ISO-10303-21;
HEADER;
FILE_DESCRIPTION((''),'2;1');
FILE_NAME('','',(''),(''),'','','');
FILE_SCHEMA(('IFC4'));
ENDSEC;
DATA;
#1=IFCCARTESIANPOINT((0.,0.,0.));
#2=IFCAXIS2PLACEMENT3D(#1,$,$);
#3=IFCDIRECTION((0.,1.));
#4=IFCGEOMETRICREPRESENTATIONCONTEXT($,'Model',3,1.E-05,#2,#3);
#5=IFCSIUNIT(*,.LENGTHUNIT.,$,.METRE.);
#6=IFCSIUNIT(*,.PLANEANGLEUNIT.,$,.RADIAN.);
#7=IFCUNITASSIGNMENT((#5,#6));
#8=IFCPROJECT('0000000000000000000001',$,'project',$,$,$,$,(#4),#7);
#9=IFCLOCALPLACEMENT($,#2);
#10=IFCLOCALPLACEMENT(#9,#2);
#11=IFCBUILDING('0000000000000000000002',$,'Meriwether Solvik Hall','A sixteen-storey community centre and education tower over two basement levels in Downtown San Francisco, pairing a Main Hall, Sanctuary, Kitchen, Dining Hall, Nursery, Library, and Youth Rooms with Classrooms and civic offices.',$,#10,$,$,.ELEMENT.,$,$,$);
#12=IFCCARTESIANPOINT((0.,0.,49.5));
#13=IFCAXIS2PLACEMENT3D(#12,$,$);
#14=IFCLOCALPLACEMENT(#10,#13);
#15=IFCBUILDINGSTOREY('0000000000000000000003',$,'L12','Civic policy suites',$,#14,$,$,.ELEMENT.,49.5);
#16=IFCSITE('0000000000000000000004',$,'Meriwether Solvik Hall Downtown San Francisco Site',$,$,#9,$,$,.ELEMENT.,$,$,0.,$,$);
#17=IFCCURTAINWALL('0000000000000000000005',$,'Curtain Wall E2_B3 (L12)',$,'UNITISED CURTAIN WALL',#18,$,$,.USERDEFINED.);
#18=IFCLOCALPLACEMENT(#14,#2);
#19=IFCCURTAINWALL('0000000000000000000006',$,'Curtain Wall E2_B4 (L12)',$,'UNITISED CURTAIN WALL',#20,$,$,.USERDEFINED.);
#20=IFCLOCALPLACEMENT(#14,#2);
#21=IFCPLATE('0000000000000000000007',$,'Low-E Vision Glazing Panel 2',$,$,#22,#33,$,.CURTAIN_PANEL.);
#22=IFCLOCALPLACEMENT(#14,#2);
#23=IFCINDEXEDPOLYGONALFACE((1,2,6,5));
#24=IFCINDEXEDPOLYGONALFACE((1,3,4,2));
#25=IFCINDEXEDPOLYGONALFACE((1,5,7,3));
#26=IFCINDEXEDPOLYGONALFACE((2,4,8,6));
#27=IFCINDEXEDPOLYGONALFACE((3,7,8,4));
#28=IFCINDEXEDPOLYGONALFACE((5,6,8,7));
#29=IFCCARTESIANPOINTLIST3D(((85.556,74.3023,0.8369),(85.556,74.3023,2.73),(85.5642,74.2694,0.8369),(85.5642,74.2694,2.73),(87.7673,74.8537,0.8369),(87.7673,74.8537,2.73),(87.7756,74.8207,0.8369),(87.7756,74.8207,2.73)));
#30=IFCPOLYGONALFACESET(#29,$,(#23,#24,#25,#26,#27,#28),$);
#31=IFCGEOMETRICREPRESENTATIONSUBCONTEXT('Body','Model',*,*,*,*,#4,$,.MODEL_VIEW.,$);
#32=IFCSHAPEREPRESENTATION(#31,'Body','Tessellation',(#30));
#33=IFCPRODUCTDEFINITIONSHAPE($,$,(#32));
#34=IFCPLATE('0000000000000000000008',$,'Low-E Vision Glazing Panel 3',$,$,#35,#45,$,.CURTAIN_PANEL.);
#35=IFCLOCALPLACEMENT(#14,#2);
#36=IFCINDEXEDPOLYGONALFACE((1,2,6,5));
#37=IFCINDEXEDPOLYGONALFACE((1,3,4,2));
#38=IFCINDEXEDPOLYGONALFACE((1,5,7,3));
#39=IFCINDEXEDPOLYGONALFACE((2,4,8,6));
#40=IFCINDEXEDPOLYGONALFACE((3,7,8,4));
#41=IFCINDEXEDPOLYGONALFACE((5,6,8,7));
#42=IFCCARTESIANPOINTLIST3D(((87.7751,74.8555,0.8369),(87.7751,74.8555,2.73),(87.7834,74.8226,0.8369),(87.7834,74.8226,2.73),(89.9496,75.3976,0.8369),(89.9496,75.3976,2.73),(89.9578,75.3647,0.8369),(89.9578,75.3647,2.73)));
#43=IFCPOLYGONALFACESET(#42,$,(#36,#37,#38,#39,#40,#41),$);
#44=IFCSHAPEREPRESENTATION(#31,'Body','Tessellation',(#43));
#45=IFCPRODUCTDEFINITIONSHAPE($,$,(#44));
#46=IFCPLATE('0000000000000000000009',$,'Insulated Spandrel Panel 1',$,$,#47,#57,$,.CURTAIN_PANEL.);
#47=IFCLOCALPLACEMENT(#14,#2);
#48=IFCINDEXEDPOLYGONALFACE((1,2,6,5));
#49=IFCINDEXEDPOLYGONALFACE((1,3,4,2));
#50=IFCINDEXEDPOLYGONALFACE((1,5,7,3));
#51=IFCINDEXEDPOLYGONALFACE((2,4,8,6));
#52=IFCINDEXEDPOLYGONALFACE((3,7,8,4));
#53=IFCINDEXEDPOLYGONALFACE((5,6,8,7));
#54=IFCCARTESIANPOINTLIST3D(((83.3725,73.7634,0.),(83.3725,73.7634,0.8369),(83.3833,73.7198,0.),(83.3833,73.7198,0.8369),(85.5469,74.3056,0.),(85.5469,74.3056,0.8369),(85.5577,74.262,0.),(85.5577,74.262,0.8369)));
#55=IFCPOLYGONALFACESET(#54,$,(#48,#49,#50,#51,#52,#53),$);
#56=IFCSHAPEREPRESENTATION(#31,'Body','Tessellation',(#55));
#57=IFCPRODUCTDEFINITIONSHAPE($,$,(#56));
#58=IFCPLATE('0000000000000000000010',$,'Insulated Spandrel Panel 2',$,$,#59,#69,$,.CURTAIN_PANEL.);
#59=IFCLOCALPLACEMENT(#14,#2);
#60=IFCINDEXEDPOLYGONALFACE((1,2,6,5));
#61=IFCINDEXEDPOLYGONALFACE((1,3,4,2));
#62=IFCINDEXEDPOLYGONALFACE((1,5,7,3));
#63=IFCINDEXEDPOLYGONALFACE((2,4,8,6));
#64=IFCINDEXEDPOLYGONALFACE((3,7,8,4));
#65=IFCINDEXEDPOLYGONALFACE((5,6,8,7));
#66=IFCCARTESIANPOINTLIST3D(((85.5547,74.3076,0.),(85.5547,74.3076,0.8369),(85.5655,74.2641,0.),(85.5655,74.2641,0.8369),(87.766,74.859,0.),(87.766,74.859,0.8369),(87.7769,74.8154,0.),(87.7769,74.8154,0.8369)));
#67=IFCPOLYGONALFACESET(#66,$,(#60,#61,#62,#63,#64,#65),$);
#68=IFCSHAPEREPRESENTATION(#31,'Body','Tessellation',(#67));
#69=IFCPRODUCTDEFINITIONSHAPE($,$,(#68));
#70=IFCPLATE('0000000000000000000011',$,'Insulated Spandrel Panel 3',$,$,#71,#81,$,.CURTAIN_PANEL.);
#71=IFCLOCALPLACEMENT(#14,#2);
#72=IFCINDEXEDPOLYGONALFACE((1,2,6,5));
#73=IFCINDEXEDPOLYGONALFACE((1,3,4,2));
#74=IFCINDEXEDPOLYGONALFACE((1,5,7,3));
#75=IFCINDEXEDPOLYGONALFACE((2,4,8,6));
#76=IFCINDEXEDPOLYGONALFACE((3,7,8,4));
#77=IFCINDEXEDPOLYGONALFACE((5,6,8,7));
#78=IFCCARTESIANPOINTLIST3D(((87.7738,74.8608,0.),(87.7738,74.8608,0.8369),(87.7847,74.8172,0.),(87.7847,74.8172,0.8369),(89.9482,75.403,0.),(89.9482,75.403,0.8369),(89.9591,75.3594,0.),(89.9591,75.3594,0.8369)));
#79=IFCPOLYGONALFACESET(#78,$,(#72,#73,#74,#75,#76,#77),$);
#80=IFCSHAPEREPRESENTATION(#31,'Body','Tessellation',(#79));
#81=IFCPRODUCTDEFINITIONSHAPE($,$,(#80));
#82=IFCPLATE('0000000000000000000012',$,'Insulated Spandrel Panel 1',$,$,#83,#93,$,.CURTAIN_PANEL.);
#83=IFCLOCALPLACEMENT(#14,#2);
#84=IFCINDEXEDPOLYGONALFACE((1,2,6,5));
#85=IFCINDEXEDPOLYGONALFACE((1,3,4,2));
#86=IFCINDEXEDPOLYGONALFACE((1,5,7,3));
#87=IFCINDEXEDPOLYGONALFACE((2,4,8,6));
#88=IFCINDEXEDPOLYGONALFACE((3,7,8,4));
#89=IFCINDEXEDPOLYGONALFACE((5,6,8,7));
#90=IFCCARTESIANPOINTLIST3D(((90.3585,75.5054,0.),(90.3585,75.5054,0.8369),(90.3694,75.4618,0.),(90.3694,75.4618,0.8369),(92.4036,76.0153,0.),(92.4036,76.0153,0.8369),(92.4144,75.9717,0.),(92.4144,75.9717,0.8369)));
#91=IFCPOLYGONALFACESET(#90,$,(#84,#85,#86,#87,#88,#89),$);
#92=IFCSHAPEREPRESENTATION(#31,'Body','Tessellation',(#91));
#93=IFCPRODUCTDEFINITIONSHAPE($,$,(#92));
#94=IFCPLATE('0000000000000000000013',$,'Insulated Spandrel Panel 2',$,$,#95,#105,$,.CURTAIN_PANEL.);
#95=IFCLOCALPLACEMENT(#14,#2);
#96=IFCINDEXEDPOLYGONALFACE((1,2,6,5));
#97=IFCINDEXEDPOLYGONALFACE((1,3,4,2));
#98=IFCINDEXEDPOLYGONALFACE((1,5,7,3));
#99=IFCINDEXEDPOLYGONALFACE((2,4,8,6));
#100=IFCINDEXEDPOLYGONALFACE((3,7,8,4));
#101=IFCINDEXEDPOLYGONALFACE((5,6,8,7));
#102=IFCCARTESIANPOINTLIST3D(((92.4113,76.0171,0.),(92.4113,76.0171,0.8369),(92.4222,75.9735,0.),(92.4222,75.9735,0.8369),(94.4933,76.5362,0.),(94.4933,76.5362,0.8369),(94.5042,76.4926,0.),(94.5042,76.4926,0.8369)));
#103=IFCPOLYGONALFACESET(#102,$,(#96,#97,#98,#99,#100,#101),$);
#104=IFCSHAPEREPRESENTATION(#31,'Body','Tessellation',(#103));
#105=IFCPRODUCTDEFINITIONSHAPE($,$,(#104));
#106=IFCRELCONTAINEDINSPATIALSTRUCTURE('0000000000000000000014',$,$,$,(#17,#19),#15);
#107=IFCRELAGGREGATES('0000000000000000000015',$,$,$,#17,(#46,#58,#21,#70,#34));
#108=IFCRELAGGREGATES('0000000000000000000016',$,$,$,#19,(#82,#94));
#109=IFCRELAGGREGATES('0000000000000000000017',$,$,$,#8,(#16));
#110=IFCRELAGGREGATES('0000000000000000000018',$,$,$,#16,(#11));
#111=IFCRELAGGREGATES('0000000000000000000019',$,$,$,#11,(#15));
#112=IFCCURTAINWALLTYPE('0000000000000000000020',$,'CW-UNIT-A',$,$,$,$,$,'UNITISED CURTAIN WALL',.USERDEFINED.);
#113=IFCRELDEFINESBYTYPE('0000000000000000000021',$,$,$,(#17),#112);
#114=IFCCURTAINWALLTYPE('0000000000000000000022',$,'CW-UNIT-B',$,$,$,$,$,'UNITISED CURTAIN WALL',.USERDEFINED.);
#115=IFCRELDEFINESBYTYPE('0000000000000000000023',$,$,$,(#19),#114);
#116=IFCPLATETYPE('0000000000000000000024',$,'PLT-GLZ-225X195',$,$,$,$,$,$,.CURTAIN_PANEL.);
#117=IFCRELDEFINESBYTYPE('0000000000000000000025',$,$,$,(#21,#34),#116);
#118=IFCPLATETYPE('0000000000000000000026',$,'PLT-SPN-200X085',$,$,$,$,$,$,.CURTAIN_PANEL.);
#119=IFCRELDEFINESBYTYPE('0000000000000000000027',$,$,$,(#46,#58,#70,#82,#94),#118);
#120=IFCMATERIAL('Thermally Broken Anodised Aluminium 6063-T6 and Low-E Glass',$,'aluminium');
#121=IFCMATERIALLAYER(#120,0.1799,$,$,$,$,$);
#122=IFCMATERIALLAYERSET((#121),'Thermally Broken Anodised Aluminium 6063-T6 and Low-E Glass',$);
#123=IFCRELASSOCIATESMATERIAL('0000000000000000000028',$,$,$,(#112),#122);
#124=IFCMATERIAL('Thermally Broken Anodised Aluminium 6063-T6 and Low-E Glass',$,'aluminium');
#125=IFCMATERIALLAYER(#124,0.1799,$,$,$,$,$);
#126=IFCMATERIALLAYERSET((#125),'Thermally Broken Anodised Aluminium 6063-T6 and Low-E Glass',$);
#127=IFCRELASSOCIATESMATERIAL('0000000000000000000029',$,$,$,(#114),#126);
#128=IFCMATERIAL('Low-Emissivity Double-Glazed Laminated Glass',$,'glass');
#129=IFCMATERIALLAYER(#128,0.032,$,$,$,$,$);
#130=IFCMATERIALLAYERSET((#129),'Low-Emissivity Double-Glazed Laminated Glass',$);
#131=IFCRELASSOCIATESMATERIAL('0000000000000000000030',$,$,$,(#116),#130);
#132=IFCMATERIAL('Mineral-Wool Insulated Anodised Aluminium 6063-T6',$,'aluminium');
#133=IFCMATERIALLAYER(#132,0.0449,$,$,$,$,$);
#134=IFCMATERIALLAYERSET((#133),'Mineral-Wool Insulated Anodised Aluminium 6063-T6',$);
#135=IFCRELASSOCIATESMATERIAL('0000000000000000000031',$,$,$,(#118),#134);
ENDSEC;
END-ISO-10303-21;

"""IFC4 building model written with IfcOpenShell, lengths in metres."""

from ifc_helpers import new_model, si_unit, direction, frame, origin, origin_2d, place, context, subcontext, project, spatial, rectangle, extrude, material, layer, layer_set, type_object, element, aggregate, save


model = new_model("IFC4")

# Units and contexts
model_context = context("Model", 3, precision=1e-05, world=origin(), true_north=direction((0.0, 1.0)))
body_context = subcontext(model_context, "Body", "Model", "MODEL_VIEW")
ifc_project = project(units=[si_unit("LENGTHUNIT", "METRE"), si_unit("PLANEANGLEUNIT", "RADIAN")], contexts=[model_context])

# Site, building, storey
site_placement = place(None, origin())
site = spatial("IfcSite", under=ifc_project, at=site_placement, Name="Meriwether Solvik Hall Downtown San Francisco Site", CompositionType="ELEMENT", RefElevation=0.0)
building_placement = place(site_placement, origin())
building = spatial("IfcBuilding", under=site, at=building_placement, Name="Meriwether Solvik Hall", Description="A sixteen-storey community centre and education tower over two basement levels in Downtown San Francisco, pairing a Main Hall, Sanctuary, Kitchen, Dining Hall, Nursery, Library, and Youth Rooms with Classrooms and civic offices.", CompositionType="ELEMENT")
storey_placement = place(building_placement, frame((0.0, 0.0, 49.5)))
storey = spatial("IfcBuildingStorey", under=building, at=storey_placement, Name="L12", Description="Civic policy suites", CompositionType="ELEMENT", Elevation=49.5)

# Curtain walls
ifc_material_1 = material(Name="Thermally Broken Anodised Aluminium 6063-T6 and Low-E Glass", Category="aluminium")
ifc_layer_1 = layer(ifc_material_1, 0.1799)
ifc_layer_set_1 = layer_set([ifc_layer_1], Name="Thermally Broken Anodised Aluminium 6063-T6 and Low-E Glass")
curtain_wall_type_1 = type_object("IfcCurtainWallType", Name="CW-UNIT-A", ElementType="UNITISED CURTAIN WALL", PredefinedType="USERDEFINED", material=ifc_layer_set_1)
curtain_wall_1_placement = place(storey_placement, origin())
curtain_wall_1 = element("IfcCurtainWall", 1, at=curtain_wall_1_placement, inside=storey, type_object=curtain_wall_type_1, Name="Curtain Wall E2_B3 (L12)", ObjectType="UNITISED CURTAIN WALL", PredefinedType="USERDEFINED")
ifc_material_2 = material(Name="Thermally Broken Anodised Aluminium 6063-T6 and Low-E Glass", Category="aluminium")
ifc_layer_2 = layer(ifc_material_2, 0.1799)
ifc_layer_set_2 = layer_set([ifc_layer_2], Name="Thermally Broken Anodised Aluminium 6063-T6 and Low-E Glass")
curtain_wall_type_2 = type_object("IfcCurtainWallType", Name="CW-UNIT-B", ElementType="UNITISED CURTAIN WALL", PredefinedType="USERDEFINED", material=ifc_layer_set_2)
curtain_wall_2_placement = place(storey_placement, origin())
curtain_wall_2 = element("IfcCurtainWall", 2, at=curtain_wall_2_placement, inside=storey, type_object=curtain_wall_type_2, Name="Curtain Wall E2_B4 (L12)", ObjectType="UNITISED CURTAIN WALL", PredefinedType="USERDEFINED")

# Plates
ifc_material_3 = material(Name="Low-Emissivity Double-Glazed Laminated Glass", Category="glass")
ifc_layer_3 = layer(ifc_material_3, 0.032)
ifc_layer_set_3 = layer_set([ifc_layer_3], Name="Low-Emissivity Double-Glazed Laminated Glass")
plate_type_1 = type_object("IfcPlateType", Name="PLT-GLZ-225X195", PredefinedType="CURTAIN_PANEL", material=ifc_layer_set_3)
plate_1_placement = place(storey_placement, frame((86.6658, 74.5615, 0.8369), z_axis=(0.0, 0.0, 1.0), x_axis=(0.970296, 0.241922, 0.0)))
plate_1 = element("IfcPlate", 3, at=plate_1_placement, type_object=plate_type_1, Name="Low-E Vision Glazing Panel 2", PredefinedType="CURTAIN_PANEL", context=body_context, shape_type="SweptSolid", body=[
    extrude(rectangle(XDim=2.2791, YDim=0.0339, at=origin_2d()), origin(), (0.0, 0.0, 1.0), 1.8931),
])
plate_2_placement = place(storey_placement, frame((88.8665, 75.1101, 0.8369), z_axis=(0.0, 0.0, 1.0), x_axis=(0.970296, 0.241922, 0.0)))
plate_2 = element("IfcPlate", 4, at=plate_2_placement, type_object=plate_type_1, Name="Low-E Vision Glazing Panel 3", PredefinedType="CURTAIN_PANEL", context=body_context, shape_type="SweptSolid", body=[
    extrude(rectangle(XDim=2.241, YDim=0.0339, at=origin_2d()), origin(), (0.0, 0.0, 1.0), 1.8931),
])
ifc_material_4 = material(Name="Mineral-Wool Insulated Anodised Aluminium 6063-T6", Category="aluminium")
ifc_layer_4 = layer(ifc_material_4, 0.0449)
ifc_layer_set_4 = layer_set([ifc_layer_4], Name="Mineral-Wool Insulated Anodised Aluminium 6063-T6")
plate_type_2 = type_object("IfcPlateType", Name="PLT-SPN-200X085", PredefinedType="CURTAIN_PANEL", material=ifc_layer_set_4)
plate_3_placement = place(storey_placement, frame((84.4651, 74.0127, 0.0), z_axis=(0.0, 0.0, 1.0), x_axis=(0.970296, 0.241922, 0.0)))
plate_3 = element("IfcPlate", 5, at=plate_3_placement, type_object=plate_type_2, Name="Insulated Spandrel Panel 1", PredefinedType="CURTAIN_PANEL", context=body_context, shape_type="SweptSolid", body=[
    extrude(rectangle(XDim=2.241, YDim=0.0449, at=origin_2d()), origin(), (0.0, 0.0, 1.0), 0.8369),
])
plate_4_placement = place(storey_placement, frame((86.6658, 74.5615, 0.0), z_axis=(0.0, 0.0, 1.0), x_axis=(0.970296, 0.241922, 0.0)))
plate_4 = element("IfcPlate", 6, at=plate_4_placement, type_object=plate_type_2, Name="Insulated Spandrel Panel 2", PredefinedType="CURTAIN_PANEL", context=body_context, shape_type="SweptSolid", body=[
    extrude(rectangle(XDim=2.2791, YDim=0.0449, at=origin_2d()), origin(), (0.0, 0.0, 1.0), 0.8369),
])
plate_5_placement = place(storey_placement, frame((88.8665, 75.1101, 0.0), z_axis=(0.0, 0.0, 1.0), x_axis=(0.970296, 0.241922, 0.0)))
plate_5 = element("IfcPlate", 7, at=plate_5_placement, type_object=plate_type_2, Name="Insulated Spandrel Panel 3", PredefinedType="CURTAIN_PANEL", context=body_context, shape_type="SweptSolid", body=[
    extrude(rectangle(XDim=2.241, YDim=0.0449, at=origin_2d()), origin(), (0.0, 0.0, 1.0), 0.8369),
])
aggregate(curtain_wall_1, [plate_3, plate_4, plate_1, plate_5, plate_2])
plate_6_placement = place(storey_placement, frame((91.3865, 75.7385, 0.0), z_axis=(0.0, 0.0, 1.0), x_axis=(0.970296, 0.241922, 0.0)))
plate_6 = element("IfcPlate", 8, at=plate_6_placement, type_object=plate_type_2, Name="Insulated Spandrel Panel 1", PredefinedType="CURTAIN_PANEL", context=body_context, shape_type="SweptSolid", body=[
    extrude(rectangle(XDim=2.1077, YDim=0.0449, at=origin_2d()), origin(), (0.0, 0.0, 1.0), 0.8369),
])
plate_7_placement = place(storey_placement, frame((93.4578, 76.2549, 0.0), z_axis=(0.0, 0.0, 1.0), x_axis=(0.970296, 0.241922, 0.0)))
plate_7 = element("IfcPlate", 9, at=plate_7_placement, type_object=plate_type_2, Name="Insulated Spandrel Panel 2", PredefinedType="CURTAIN_PANEL", context=body_context, shape_type="SweptSolid", body=[
    extrude(rectangle(XDim=2.1458, YDim=0.0449, at=origin_2d()), origin(), (0.0, 0.0, 1.0), 0.8369),
])
aggregate(curtain_wall_2, [plate_6, plate_7])

save(model, "model.ifc")
